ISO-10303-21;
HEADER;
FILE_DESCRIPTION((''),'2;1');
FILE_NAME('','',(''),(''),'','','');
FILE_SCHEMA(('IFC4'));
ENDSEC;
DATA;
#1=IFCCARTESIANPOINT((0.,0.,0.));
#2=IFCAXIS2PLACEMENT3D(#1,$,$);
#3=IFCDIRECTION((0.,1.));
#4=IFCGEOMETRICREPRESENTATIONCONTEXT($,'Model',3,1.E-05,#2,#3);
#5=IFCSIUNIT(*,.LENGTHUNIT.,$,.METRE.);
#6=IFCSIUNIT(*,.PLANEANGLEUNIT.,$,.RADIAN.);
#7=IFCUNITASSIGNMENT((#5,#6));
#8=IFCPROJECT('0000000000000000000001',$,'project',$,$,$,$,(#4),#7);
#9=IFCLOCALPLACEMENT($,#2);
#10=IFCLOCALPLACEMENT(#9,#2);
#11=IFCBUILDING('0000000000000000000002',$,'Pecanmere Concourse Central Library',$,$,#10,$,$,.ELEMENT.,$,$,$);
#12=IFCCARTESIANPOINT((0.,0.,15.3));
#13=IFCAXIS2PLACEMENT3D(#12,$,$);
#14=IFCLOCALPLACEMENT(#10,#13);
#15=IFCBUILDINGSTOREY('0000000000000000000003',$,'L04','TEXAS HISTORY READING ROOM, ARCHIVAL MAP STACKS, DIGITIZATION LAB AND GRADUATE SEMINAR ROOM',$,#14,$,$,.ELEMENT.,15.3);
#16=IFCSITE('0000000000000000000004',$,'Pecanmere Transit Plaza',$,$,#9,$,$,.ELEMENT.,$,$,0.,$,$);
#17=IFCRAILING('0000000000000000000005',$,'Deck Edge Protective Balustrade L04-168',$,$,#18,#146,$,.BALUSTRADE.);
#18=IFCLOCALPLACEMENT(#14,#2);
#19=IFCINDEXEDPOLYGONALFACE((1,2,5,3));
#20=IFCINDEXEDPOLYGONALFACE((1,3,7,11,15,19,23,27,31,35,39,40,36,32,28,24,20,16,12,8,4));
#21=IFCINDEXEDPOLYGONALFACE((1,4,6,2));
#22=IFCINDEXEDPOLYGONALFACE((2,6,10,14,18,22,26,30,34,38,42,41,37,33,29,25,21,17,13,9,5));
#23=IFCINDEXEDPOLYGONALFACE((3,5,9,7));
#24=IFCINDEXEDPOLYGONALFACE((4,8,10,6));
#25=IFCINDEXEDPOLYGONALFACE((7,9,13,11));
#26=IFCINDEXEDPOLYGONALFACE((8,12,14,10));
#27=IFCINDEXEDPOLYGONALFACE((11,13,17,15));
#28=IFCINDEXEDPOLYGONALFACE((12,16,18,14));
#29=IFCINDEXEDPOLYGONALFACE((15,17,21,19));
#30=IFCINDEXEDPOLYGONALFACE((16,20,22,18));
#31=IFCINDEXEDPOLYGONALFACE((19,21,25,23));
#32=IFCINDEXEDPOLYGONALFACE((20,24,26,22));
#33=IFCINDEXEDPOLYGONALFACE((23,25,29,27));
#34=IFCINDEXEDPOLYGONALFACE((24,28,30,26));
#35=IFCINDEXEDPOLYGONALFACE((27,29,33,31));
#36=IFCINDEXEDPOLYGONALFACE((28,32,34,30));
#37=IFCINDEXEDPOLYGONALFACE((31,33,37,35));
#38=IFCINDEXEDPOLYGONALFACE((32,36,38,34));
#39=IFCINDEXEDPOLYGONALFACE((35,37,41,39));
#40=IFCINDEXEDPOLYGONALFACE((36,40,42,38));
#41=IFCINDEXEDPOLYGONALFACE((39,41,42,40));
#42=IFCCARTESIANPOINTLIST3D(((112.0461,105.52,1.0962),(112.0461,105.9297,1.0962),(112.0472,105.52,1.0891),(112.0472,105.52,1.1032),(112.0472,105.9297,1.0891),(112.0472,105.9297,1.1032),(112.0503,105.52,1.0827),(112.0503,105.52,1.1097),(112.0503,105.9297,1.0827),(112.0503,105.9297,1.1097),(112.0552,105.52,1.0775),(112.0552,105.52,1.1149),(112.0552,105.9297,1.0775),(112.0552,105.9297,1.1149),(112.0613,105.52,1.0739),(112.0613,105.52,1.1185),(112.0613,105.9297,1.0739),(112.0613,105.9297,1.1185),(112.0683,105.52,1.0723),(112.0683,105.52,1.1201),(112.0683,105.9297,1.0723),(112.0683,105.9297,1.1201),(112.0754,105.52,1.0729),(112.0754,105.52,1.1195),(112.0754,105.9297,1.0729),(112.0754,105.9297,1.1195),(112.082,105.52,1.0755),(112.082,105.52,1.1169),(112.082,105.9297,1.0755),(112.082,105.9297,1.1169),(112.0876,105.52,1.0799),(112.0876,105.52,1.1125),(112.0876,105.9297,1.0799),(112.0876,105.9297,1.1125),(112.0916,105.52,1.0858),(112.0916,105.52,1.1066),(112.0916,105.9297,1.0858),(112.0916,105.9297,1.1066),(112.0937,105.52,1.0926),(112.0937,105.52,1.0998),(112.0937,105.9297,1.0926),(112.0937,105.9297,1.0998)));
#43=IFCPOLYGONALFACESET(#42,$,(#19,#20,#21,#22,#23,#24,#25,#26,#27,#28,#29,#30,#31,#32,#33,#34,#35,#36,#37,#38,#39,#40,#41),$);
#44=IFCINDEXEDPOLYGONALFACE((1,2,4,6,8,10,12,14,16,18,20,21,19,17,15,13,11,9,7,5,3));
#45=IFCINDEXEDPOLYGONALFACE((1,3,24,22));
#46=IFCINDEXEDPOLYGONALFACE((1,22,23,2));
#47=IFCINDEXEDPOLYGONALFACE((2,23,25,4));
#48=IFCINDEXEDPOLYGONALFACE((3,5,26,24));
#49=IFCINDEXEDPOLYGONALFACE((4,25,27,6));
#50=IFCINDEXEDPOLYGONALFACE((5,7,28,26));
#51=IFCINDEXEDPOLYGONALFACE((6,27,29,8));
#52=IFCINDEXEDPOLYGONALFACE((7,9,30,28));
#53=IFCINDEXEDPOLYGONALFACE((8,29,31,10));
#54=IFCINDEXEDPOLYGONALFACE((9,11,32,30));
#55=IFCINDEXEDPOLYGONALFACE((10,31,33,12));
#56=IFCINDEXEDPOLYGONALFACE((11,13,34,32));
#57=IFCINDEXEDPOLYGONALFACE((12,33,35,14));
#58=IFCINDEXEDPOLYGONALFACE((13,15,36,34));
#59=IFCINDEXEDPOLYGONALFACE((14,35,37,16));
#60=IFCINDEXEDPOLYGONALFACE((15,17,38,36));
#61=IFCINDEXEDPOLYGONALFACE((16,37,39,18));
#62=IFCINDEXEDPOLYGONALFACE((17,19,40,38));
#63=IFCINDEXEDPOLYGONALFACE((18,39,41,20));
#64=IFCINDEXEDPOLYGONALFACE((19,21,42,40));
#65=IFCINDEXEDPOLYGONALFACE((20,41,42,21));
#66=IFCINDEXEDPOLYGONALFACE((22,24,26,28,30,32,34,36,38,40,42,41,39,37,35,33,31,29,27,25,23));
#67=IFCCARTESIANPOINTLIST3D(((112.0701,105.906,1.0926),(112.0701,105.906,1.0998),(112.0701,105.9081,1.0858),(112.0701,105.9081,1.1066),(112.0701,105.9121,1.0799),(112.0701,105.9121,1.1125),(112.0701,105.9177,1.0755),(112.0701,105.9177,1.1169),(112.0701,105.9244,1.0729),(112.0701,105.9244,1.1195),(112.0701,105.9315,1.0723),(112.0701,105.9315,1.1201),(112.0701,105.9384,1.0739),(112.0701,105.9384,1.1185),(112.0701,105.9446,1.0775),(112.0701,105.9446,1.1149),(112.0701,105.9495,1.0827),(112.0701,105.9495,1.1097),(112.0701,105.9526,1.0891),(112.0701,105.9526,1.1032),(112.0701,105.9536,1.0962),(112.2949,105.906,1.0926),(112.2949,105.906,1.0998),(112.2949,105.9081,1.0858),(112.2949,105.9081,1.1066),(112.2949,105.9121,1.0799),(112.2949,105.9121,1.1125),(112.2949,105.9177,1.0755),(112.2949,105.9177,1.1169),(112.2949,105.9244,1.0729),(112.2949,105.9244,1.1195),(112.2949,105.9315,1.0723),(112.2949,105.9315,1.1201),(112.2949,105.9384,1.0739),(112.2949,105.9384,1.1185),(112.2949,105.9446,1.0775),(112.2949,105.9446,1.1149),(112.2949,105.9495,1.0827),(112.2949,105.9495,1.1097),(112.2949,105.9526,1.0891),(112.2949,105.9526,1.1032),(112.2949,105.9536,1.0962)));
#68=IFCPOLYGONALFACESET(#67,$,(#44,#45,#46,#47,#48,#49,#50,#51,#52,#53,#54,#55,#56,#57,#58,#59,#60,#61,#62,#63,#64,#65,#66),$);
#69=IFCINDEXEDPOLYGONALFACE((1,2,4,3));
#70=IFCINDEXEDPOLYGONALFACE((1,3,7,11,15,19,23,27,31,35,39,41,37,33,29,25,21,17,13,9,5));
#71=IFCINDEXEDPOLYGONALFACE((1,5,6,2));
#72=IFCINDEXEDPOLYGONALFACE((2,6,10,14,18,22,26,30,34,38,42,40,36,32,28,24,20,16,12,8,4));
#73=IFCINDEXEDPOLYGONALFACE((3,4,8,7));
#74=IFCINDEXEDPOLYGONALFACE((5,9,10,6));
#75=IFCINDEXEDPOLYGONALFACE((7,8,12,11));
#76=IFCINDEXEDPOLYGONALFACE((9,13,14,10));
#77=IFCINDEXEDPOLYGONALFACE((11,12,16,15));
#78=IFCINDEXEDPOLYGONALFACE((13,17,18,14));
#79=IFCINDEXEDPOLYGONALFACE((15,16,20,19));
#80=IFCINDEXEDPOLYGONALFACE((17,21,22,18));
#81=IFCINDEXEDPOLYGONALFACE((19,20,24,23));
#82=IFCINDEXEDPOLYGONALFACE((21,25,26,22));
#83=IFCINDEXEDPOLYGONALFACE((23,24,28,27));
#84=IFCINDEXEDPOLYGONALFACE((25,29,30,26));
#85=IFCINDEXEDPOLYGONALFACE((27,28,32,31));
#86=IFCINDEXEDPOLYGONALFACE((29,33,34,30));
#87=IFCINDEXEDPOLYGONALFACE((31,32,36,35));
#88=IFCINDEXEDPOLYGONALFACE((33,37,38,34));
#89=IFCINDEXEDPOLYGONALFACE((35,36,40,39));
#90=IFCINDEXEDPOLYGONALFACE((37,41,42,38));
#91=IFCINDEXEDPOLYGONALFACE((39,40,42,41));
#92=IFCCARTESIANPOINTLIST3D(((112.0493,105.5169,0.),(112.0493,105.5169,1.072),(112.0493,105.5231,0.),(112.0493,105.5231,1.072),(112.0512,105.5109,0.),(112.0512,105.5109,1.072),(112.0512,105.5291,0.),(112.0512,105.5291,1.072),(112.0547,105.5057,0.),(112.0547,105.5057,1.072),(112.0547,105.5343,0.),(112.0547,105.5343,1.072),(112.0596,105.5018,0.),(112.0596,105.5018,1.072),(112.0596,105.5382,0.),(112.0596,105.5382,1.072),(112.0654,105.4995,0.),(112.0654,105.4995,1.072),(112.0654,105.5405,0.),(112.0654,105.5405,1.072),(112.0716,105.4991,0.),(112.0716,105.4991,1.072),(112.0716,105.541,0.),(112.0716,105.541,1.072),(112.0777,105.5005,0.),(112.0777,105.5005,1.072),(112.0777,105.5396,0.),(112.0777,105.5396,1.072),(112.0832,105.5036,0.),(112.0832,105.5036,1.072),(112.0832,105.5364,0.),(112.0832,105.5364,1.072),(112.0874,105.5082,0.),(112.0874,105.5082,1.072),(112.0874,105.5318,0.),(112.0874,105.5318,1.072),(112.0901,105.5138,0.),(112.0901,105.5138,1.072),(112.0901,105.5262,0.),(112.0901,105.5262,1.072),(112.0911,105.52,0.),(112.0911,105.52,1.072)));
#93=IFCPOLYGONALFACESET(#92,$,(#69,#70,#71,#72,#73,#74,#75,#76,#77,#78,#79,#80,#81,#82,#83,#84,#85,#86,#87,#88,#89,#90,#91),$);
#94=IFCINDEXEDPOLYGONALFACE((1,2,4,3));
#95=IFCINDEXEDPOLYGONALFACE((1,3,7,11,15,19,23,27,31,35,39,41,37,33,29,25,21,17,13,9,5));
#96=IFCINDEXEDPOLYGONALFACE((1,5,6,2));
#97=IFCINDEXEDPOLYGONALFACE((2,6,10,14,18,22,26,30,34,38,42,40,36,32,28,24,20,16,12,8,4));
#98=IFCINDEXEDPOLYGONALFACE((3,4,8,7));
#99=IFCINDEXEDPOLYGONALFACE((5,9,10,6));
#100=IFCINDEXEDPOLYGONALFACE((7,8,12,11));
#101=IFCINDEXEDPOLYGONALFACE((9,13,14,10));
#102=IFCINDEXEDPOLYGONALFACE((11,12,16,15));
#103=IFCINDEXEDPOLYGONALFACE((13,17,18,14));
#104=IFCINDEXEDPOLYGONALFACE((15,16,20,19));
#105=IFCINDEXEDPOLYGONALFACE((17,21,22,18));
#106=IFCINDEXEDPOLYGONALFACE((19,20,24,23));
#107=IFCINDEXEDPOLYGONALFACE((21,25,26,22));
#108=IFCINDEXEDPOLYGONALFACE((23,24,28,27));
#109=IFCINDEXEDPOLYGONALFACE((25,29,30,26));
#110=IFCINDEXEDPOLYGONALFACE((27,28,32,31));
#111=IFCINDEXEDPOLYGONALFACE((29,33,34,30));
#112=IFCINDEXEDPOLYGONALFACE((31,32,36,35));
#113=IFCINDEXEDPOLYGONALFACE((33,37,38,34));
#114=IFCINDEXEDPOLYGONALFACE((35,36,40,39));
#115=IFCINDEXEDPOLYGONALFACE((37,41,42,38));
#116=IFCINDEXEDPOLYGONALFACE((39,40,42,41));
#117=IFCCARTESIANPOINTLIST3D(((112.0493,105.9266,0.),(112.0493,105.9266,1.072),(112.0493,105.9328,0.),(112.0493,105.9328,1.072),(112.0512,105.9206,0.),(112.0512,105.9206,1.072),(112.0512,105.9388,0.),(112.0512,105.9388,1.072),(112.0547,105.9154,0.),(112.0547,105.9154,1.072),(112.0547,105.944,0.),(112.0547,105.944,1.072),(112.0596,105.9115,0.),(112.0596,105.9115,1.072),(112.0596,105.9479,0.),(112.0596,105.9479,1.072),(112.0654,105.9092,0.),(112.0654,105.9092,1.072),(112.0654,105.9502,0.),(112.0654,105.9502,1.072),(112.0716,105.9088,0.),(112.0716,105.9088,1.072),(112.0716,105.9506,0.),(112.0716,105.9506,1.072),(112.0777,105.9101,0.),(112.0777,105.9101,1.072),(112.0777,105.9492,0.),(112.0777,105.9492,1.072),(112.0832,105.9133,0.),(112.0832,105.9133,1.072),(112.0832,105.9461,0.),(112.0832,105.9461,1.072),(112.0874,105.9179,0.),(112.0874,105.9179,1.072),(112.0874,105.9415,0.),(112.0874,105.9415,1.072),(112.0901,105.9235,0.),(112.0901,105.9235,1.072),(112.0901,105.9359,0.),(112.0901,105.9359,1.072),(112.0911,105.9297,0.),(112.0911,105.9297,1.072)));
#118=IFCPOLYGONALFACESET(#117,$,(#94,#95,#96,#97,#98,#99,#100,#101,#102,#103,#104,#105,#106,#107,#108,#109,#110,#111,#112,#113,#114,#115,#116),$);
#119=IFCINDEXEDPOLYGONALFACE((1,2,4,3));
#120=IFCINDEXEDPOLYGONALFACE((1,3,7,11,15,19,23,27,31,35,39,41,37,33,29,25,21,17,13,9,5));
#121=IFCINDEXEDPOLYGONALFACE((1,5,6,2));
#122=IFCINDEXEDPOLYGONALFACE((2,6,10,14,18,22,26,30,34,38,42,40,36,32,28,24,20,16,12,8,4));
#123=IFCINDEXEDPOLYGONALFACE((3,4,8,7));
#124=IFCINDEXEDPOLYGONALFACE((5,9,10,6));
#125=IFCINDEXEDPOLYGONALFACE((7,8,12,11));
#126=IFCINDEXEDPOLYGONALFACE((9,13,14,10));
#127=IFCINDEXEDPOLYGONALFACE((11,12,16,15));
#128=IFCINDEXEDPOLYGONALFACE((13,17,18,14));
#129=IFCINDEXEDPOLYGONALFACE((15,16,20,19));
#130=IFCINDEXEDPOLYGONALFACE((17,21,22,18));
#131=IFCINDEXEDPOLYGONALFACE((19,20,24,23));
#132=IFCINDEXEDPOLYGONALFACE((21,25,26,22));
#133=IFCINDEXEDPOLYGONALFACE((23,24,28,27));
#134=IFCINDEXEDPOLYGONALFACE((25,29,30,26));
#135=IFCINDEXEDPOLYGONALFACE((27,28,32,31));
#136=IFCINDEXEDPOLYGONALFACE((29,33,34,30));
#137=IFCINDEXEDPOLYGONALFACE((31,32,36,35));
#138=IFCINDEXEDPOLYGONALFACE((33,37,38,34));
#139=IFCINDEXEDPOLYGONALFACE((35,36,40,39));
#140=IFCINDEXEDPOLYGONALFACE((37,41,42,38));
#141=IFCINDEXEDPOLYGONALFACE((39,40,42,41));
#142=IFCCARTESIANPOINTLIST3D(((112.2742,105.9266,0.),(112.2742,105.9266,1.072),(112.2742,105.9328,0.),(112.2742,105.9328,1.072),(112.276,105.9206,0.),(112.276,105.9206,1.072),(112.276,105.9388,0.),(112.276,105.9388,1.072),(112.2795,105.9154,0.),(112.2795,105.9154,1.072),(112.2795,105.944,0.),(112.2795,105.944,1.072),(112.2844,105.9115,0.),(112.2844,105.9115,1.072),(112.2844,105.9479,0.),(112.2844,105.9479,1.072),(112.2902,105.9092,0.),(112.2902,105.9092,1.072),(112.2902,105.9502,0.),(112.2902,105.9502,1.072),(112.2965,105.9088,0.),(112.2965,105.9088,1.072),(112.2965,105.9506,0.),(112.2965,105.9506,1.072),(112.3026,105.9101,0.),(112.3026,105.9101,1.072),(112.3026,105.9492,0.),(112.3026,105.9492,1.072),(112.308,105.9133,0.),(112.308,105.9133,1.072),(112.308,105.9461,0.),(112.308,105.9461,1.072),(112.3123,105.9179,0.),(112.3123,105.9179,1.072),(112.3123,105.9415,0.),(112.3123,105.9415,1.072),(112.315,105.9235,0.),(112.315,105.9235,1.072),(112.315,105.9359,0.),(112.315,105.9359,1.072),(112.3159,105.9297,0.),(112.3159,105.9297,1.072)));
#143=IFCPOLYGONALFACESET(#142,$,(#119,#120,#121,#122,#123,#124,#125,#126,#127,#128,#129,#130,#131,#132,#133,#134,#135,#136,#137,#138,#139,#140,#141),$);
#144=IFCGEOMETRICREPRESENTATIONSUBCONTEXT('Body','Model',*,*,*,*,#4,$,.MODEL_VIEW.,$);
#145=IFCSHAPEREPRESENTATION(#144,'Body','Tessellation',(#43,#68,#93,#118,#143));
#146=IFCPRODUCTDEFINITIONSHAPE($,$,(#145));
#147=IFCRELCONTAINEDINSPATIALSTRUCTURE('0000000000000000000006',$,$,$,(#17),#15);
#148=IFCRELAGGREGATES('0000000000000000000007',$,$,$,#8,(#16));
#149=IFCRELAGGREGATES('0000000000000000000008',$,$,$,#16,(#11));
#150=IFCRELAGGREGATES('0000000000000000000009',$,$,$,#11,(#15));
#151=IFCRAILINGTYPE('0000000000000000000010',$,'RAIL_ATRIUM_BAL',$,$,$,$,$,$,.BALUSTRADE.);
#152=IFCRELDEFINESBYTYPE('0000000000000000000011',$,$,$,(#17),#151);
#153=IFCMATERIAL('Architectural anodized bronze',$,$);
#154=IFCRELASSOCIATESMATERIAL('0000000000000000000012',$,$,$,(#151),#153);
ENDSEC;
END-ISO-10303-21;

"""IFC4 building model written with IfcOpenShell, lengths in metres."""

from ifc_helpers import new_model, si_unit, direction, frame, origin, origin_2d, place, context, subcontext, project, spatial, circle, extrude, material, type_object, element, save


model = new_model("IFC4")

# Units and contexts
model_context = context("Model", 3, precision=1e-05, world=origin(), true_north=direction((0.0, 1.0)))
body_context = subcontext(model_context, "Body", "Model", "MODEL_VIEW")
ifc_project = project(units=[si_unit("LENGTHUNIT", "METRE"), si_unit("PLANEANGLEUNIT", "RADIAN")], contexts=[model_context])

# Site, building, storey
site_placement = place(None, origin())
site = spatial("IfcSite", under=ifc_project, at=site_placement, Name="Pecanmere Transit Plaza", CompositionType="ELEMENT", RefElevation=0.0)
building_placement = place(site_placement, origin())
building = spatial("IfcBuilding", under=site, at=building_placement, Name="Pecanmere Concourse Central Library", CompositionType="ELEMENT")
storey_placement = place(building_placement, frame((0.0, 0.0, 15.3)))
storey = spatial("IfcBuildingStorey", under=building, at=storey_placement, Name="L04", Description="TEXAS HISTORY READING ROOM, ARCHIVAL MAP STACKS, DIGITIZATION LAB AND GRADUATE SEMINAR ROOM", CompositionType="ELEMENT", Elevation=15.3)

# Railing
ifc_material_1 = material(Name="Architectural anodized bronze")
railing_type = type_object("IfcRailingType", Name="RAIL_ATRIUM_BAL", PredefinedType="BALUSTRADE", material=ifc_material_1)
railing_placement = place(storey_placement, frame((112.0701, 105.52, 0.0)))
element("IfcRailing", 1, at=railing_placement, inside=storey, type_object=railing_type, Name="Deck Edge Protective Balustrade L04-168", PredefinedType="BALUSTRADE", context=body_context, shape_type="SweptSolid", body=[
    extrude(circle(Radius=0.0239, at=origin_2d()), frame((0.0, 0.0, 1.0962), z_axis=(0.0, 1.0, 0.0), x_axis=(-1.0, 0.0, 0.0)), (0.0, 0.0, 1.0), 0.4097),
    extrude(circle(Radius=0.0239, at=origin_2d()), frame((0.0, 0.4097, 1.0962), z_axis=(1.0, 0.0, 0.0), x_axis=(0.0, 1.0, 0.0)), (0.0, 0.0, 1.0), 0.2249),
    extrude(circle(Radius=0.021, at=origin_2d()), origin(), (0.0, 0.0, 1.0), 1.072),
    extrude(circle(Radius=0.021, at=origin_2d()), frame((0.0, 0.4097, 0.0)), (0.0, 0.0, 1.0), 1.072),
    extrude(circle(Radius=0.021, at=origin_2d()), frame((0.2249, 0.4097, 0.0)), (0.0, 0.0, 1.0), 1.072),
])

save(model, "model.ifc")
